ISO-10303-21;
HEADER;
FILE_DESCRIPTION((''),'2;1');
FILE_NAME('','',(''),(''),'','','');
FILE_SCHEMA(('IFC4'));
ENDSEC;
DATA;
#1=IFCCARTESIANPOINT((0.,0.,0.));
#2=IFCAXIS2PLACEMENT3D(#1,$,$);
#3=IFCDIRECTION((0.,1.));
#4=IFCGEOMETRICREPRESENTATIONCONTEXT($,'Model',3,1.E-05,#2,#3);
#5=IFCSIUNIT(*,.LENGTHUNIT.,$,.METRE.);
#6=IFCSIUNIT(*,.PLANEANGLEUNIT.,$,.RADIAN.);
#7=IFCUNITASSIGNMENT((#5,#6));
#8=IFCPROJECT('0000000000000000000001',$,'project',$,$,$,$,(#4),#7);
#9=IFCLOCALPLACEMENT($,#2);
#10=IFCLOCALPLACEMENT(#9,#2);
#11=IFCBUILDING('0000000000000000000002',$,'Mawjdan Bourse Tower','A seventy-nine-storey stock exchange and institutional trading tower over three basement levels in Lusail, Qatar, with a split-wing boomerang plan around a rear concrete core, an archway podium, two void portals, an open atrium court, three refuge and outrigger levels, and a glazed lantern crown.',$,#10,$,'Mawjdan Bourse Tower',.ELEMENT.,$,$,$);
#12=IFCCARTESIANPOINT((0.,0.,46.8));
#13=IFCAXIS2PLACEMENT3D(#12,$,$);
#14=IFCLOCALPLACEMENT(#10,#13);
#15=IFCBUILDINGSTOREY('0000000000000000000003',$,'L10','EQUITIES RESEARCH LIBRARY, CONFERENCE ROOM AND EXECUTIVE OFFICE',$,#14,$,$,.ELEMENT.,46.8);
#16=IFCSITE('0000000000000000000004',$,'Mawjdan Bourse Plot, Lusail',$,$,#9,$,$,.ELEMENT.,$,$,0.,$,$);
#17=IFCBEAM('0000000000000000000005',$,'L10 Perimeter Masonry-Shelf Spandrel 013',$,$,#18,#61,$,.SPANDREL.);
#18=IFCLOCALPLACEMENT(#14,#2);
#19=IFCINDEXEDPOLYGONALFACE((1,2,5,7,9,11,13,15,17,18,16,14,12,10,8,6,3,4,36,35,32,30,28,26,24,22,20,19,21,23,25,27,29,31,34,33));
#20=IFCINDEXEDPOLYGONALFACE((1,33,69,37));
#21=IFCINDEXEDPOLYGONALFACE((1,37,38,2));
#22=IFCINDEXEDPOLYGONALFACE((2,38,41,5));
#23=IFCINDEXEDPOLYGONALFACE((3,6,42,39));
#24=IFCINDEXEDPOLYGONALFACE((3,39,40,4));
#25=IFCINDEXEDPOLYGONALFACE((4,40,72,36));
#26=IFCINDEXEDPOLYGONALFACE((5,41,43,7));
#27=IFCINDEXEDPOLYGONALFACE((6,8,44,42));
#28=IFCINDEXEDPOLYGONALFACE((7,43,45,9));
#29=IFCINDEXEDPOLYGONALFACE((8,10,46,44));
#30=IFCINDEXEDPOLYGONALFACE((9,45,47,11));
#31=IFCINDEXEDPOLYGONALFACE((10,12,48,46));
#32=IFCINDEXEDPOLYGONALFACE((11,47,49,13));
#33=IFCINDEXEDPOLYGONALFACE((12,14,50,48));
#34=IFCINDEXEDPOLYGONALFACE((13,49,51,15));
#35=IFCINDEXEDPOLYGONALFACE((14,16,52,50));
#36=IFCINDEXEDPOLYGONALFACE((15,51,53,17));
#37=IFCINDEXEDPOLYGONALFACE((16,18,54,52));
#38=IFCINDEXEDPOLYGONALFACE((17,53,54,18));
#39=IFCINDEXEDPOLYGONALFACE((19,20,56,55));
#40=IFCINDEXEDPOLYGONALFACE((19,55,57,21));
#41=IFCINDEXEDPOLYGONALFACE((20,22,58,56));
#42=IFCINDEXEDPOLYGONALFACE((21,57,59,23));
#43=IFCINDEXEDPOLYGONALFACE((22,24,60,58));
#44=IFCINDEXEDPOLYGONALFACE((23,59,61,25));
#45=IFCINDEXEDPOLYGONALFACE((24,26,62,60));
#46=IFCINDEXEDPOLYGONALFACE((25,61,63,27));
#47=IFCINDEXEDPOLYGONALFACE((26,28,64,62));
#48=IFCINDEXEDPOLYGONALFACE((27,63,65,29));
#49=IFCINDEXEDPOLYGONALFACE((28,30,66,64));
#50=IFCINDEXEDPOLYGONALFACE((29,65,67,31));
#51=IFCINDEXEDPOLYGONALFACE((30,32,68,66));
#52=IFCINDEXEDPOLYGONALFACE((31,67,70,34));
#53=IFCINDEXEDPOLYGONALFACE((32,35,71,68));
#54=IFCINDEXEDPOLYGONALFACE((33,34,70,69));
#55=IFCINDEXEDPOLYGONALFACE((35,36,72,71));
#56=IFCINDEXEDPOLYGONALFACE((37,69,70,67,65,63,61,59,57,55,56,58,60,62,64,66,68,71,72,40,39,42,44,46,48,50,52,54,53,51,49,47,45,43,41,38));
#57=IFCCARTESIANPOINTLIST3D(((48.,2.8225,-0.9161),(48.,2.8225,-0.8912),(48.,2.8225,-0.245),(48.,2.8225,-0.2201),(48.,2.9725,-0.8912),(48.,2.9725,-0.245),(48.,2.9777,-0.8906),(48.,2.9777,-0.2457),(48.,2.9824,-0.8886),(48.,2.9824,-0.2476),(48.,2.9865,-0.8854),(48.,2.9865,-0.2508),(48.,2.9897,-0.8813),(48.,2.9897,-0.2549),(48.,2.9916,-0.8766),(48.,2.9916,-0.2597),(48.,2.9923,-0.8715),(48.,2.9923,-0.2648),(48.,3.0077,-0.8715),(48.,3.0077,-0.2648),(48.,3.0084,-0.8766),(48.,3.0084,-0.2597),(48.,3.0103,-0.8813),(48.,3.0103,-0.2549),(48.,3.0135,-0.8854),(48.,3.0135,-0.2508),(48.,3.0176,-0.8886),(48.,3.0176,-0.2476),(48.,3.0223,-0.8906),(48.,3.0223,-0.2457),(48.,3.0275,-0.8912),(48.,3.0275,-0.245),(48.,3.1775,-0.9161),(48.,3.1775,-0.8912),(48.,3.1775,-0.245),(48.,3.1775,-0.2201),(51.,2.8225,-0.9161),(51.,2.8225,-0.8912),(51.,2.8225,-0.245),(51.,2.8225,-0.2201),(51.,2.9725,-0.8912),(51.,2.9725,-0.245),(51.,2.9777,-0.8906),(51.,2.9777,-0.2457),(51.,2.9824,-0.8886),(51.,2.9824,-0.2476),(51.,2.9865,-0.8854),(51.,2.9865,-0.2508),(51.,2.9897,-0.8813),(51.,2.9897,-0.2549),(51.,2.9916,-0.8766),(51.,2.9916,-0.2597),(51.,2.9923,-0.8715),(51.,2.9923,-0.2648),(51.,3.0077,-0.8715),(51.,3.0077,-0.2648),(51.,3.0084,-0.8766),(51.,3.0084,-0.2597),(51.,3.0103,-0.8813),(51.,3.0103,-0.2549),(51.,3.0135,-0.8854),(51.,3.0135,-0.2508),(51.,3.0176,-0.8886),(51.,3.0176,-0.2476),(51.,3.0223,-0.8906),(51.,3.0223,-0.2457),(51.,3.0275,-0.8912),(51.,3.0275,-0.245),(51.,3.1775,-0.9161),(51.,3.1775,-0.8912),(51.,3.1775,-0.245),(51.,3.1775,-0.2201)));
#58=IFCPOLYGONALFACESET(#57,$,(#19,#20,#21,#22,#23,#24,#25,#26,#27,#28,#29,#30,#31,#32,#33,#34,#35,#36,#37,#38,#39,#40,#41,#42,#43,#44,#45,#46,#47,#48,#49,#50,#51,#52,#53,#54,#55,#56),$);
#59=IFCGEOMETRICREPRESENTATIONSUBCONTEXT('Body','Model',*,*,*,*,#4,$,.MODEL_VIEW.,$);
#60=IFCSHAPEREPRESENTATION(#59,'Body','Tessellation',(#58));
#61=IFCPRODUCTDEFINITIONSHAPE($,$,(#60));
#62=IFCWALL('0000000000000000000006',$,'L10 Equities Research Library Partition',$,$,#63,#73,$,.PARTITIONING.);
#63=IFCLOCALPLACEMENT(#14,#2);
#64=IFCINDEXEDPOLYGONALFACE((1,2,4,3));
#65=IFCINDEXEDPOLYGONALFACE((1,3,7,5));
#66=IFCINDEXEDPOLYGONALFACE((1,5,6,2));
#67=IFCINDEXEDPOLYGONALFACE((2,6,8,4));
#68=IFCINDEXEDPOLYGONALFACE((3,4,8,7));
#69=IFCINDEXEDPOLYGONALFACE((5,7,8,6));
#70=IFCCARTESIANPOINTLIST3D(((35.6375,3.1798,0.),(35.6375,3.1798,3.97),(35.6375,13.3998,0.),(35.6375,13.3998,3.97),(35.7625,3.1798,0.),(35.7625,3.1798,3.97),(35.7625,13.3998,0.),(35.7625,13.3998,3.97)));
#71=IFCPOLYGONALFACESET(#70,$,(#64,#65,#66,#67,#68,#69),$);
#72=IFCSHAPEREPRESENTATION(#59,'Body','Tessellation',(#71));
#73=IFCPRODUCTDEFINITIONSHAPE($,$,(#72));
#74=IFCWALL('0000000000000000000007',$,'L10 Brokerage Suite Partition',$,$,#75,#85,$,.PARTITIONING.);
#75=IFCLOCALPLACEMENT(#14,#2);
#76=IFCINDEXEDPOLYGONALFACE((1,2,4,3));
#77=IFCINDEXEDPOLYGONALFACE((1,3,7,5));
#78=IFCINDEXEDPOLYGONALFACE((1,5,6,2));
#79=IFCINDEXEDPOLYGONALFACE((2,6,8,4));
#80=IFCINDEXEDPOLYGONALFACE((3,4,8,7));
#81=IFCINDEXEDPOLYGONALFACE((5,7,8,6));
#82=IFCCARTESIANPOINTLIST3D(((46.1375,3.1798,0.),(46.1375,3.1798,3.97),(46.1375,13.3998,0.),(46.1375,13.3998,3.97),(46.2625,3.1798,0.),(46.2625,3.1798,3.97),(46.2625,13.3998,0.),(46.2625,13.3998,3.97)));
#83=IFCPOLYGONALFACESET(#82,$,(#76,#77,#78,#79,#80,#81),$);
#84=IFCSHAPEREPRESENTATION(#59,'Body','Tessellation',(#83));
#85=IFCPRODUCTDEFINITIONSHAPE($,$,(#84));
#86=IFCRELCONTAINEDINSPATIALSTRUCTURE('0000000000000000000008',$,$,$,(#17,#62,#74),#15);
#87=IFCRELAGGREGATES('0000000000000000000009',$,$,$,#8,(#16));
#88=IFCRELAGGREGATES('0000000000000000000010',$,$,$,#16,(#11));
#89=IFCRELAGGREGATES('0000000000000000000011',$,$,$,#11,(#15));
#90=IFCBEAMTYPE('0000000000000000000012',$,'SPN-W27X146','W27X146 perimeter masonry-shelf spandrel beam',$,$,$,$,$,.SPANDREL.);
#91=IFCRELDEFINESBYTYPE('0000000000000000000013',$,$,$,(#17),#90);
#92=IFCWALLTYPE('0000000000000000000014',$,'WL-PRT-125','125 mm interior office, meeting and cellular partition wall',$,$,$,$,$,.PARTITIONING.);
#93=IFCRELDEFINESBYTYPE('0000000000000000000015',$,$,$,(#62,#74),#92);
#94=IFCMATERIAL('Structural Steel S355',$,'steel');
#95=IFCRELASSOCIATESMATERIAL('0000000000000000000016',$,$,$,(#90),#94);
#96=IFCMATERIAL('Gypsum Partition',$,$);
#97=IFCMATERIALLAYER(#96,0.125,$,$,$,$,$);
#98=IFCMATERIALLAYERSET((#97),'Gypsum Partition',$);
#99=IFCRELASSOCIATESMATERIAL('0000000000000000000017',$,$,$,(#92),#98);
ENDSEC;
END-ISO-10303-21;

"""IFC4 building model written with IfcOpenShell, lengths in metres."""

from ifc_helpers import new_model, si_unit, direction, frame, frame_2d, origin, origin_2d, place, context, subcontext, project, spatial, rectangle, i_section, extrude, material, layer, layer_set, material_profile, profile_set, type_object, element, save


model = new_model("IFC4")

# Units and contexts
model_context = context("Model", 3, precision=1e-05, world=origin(), true_north=direction((0.0, 1.0)))
body_context = subcontext(model_context, "Body", "Model", "MODEL_VIEW")
ifc_project = project(units=[si_unit("LENGTHUNIT", "METRE"), si_unit("PLANEANGLEUNIT", "RADIAN")], contexts=[model_context])

# Site, building, storey
site_placement = place(None, origin())
site = spatial("IfcSite", under=ifc_project, at=site_placement, Name="Mawjdan Bourse Plot, Lusail", CompositionType="ELEMENT", RefElevation=0.0)
building_placement = place(site_placement, origin())
building = spatial("IfcBuilding", under=site, at=building_placement, Name="Mawjdan Bourse Tower", Description="A seventy-nine-storey stock exchange and institutional trading tower over three basement levels in Lusail, Qatar, with a split-wing boomerang plan around a rear concrete core, an archway podium, two void portals, an open atrium court, three refuge and outrigger levels, and a glazed lantern crown.", LongName="Mawjdan Bourse Tower", CompositionType="ELEMENT")
storey_placement = place(building_placement, frame((0.0, 0.0, 46.8)))
storey = spatial("IfcBuildingStorey", under=building, at=storey_placement, Name="L10", Description="EQUITIES RESEARCH LIBRARY, CONFERENCE ROOM AND EXECUTIVE OFFICE", CompositionType="ELEMENT", Elevation=46.8)

# Beam
ifc_material_1 = material(Name="Structural Steel S355", Category="steel")
ifc_material_profile_1 = material_profile(ifc_material_1, i_section(OverallWidth=0.355, OverallDepth=0.696, WebThickness=0.0154, FlangeThickness=0.0249, FilletRadius=0.0198, at=origin_2d()), Name="W27X146")
ifc_profile_set_1 = profile_set([ifc_material_profile_1], Name="Structural Steel S355")
beam_type_1 = type_object("IfcBeamType", Name="SPN-W27X146", Description="W27X146 perimeter masonry-shelf spandrel beam", PredefinedType="SPANDREL", material=ifc_profile_set_1)
beam_1_placement = place(storey_placement, frame((48.0, 3.0, -0.5681), z_axis=(1.0, 0.0, 0.0), x_axis=(0.0, 1.0, 0.0)))
element("IfcBeam", 1, at=beam_1_placement, inside=storey, type_object=beam_type_1, Name="L10 Perimeter Masonry-Shelf Spandrel 013", PredefinedType="SPANDREL", context=body_context, shape_type="SweptSolid", body=[
    extrude(i_section(OverallWidth=0.355, OverallDepth=0.696, WebThickness=0.0154, FlangeThickness=0.0249, FilletRadius=0.0198, at=origin_2d()), origin(), (0.0, 0.0, 1.0), 3.0),
])

# Walls
ifc_material_2 = material(Name="Gypsum Partition")
ifc_layer = layer(ifc_material_2, 0.125)
ifc_layer_set = layer_set([ifc_layer], Name="Gypsum Partition")
wall_type = type_object("IfcWallType", Name="WL-PRT-125", Description="125 mm interior office, meeting and cellular partition wall", PredefinedType="PARTITIONING", material=ifc_layer_set)
for number, where, z_axis, x_axis, name in (
    (2, (35.7, 3.1799, 0.0), (0.0, 0.0, 1.0), (0.0, 1.0, 0.0), "L10 Equities Research Library Partition"),
    (3, (46.2, 3.1799, 0.0), (0.0, 0.0, 1.0), (0.0, 1.0, 0.0), "L10 Brokerage Suite Partition"),
):
    element("IfcWall", number, at=place(storey_placement, frame(where, z_axis=z_axis, x_axis=x_axis)), inside=storey, type_object=wall_type, Name=name, PredefinedType="PARTITIONING", context=body_context, shape_type="SweptSolid", body=[
        extrude(rectangle(XDim=10.22, YDim=0.125, at=frame_2d((5.1099, 0.0))), origin(), (0.0, 0.0, 1.0), 3.97),
    ])

save(model, "model.ifc")
